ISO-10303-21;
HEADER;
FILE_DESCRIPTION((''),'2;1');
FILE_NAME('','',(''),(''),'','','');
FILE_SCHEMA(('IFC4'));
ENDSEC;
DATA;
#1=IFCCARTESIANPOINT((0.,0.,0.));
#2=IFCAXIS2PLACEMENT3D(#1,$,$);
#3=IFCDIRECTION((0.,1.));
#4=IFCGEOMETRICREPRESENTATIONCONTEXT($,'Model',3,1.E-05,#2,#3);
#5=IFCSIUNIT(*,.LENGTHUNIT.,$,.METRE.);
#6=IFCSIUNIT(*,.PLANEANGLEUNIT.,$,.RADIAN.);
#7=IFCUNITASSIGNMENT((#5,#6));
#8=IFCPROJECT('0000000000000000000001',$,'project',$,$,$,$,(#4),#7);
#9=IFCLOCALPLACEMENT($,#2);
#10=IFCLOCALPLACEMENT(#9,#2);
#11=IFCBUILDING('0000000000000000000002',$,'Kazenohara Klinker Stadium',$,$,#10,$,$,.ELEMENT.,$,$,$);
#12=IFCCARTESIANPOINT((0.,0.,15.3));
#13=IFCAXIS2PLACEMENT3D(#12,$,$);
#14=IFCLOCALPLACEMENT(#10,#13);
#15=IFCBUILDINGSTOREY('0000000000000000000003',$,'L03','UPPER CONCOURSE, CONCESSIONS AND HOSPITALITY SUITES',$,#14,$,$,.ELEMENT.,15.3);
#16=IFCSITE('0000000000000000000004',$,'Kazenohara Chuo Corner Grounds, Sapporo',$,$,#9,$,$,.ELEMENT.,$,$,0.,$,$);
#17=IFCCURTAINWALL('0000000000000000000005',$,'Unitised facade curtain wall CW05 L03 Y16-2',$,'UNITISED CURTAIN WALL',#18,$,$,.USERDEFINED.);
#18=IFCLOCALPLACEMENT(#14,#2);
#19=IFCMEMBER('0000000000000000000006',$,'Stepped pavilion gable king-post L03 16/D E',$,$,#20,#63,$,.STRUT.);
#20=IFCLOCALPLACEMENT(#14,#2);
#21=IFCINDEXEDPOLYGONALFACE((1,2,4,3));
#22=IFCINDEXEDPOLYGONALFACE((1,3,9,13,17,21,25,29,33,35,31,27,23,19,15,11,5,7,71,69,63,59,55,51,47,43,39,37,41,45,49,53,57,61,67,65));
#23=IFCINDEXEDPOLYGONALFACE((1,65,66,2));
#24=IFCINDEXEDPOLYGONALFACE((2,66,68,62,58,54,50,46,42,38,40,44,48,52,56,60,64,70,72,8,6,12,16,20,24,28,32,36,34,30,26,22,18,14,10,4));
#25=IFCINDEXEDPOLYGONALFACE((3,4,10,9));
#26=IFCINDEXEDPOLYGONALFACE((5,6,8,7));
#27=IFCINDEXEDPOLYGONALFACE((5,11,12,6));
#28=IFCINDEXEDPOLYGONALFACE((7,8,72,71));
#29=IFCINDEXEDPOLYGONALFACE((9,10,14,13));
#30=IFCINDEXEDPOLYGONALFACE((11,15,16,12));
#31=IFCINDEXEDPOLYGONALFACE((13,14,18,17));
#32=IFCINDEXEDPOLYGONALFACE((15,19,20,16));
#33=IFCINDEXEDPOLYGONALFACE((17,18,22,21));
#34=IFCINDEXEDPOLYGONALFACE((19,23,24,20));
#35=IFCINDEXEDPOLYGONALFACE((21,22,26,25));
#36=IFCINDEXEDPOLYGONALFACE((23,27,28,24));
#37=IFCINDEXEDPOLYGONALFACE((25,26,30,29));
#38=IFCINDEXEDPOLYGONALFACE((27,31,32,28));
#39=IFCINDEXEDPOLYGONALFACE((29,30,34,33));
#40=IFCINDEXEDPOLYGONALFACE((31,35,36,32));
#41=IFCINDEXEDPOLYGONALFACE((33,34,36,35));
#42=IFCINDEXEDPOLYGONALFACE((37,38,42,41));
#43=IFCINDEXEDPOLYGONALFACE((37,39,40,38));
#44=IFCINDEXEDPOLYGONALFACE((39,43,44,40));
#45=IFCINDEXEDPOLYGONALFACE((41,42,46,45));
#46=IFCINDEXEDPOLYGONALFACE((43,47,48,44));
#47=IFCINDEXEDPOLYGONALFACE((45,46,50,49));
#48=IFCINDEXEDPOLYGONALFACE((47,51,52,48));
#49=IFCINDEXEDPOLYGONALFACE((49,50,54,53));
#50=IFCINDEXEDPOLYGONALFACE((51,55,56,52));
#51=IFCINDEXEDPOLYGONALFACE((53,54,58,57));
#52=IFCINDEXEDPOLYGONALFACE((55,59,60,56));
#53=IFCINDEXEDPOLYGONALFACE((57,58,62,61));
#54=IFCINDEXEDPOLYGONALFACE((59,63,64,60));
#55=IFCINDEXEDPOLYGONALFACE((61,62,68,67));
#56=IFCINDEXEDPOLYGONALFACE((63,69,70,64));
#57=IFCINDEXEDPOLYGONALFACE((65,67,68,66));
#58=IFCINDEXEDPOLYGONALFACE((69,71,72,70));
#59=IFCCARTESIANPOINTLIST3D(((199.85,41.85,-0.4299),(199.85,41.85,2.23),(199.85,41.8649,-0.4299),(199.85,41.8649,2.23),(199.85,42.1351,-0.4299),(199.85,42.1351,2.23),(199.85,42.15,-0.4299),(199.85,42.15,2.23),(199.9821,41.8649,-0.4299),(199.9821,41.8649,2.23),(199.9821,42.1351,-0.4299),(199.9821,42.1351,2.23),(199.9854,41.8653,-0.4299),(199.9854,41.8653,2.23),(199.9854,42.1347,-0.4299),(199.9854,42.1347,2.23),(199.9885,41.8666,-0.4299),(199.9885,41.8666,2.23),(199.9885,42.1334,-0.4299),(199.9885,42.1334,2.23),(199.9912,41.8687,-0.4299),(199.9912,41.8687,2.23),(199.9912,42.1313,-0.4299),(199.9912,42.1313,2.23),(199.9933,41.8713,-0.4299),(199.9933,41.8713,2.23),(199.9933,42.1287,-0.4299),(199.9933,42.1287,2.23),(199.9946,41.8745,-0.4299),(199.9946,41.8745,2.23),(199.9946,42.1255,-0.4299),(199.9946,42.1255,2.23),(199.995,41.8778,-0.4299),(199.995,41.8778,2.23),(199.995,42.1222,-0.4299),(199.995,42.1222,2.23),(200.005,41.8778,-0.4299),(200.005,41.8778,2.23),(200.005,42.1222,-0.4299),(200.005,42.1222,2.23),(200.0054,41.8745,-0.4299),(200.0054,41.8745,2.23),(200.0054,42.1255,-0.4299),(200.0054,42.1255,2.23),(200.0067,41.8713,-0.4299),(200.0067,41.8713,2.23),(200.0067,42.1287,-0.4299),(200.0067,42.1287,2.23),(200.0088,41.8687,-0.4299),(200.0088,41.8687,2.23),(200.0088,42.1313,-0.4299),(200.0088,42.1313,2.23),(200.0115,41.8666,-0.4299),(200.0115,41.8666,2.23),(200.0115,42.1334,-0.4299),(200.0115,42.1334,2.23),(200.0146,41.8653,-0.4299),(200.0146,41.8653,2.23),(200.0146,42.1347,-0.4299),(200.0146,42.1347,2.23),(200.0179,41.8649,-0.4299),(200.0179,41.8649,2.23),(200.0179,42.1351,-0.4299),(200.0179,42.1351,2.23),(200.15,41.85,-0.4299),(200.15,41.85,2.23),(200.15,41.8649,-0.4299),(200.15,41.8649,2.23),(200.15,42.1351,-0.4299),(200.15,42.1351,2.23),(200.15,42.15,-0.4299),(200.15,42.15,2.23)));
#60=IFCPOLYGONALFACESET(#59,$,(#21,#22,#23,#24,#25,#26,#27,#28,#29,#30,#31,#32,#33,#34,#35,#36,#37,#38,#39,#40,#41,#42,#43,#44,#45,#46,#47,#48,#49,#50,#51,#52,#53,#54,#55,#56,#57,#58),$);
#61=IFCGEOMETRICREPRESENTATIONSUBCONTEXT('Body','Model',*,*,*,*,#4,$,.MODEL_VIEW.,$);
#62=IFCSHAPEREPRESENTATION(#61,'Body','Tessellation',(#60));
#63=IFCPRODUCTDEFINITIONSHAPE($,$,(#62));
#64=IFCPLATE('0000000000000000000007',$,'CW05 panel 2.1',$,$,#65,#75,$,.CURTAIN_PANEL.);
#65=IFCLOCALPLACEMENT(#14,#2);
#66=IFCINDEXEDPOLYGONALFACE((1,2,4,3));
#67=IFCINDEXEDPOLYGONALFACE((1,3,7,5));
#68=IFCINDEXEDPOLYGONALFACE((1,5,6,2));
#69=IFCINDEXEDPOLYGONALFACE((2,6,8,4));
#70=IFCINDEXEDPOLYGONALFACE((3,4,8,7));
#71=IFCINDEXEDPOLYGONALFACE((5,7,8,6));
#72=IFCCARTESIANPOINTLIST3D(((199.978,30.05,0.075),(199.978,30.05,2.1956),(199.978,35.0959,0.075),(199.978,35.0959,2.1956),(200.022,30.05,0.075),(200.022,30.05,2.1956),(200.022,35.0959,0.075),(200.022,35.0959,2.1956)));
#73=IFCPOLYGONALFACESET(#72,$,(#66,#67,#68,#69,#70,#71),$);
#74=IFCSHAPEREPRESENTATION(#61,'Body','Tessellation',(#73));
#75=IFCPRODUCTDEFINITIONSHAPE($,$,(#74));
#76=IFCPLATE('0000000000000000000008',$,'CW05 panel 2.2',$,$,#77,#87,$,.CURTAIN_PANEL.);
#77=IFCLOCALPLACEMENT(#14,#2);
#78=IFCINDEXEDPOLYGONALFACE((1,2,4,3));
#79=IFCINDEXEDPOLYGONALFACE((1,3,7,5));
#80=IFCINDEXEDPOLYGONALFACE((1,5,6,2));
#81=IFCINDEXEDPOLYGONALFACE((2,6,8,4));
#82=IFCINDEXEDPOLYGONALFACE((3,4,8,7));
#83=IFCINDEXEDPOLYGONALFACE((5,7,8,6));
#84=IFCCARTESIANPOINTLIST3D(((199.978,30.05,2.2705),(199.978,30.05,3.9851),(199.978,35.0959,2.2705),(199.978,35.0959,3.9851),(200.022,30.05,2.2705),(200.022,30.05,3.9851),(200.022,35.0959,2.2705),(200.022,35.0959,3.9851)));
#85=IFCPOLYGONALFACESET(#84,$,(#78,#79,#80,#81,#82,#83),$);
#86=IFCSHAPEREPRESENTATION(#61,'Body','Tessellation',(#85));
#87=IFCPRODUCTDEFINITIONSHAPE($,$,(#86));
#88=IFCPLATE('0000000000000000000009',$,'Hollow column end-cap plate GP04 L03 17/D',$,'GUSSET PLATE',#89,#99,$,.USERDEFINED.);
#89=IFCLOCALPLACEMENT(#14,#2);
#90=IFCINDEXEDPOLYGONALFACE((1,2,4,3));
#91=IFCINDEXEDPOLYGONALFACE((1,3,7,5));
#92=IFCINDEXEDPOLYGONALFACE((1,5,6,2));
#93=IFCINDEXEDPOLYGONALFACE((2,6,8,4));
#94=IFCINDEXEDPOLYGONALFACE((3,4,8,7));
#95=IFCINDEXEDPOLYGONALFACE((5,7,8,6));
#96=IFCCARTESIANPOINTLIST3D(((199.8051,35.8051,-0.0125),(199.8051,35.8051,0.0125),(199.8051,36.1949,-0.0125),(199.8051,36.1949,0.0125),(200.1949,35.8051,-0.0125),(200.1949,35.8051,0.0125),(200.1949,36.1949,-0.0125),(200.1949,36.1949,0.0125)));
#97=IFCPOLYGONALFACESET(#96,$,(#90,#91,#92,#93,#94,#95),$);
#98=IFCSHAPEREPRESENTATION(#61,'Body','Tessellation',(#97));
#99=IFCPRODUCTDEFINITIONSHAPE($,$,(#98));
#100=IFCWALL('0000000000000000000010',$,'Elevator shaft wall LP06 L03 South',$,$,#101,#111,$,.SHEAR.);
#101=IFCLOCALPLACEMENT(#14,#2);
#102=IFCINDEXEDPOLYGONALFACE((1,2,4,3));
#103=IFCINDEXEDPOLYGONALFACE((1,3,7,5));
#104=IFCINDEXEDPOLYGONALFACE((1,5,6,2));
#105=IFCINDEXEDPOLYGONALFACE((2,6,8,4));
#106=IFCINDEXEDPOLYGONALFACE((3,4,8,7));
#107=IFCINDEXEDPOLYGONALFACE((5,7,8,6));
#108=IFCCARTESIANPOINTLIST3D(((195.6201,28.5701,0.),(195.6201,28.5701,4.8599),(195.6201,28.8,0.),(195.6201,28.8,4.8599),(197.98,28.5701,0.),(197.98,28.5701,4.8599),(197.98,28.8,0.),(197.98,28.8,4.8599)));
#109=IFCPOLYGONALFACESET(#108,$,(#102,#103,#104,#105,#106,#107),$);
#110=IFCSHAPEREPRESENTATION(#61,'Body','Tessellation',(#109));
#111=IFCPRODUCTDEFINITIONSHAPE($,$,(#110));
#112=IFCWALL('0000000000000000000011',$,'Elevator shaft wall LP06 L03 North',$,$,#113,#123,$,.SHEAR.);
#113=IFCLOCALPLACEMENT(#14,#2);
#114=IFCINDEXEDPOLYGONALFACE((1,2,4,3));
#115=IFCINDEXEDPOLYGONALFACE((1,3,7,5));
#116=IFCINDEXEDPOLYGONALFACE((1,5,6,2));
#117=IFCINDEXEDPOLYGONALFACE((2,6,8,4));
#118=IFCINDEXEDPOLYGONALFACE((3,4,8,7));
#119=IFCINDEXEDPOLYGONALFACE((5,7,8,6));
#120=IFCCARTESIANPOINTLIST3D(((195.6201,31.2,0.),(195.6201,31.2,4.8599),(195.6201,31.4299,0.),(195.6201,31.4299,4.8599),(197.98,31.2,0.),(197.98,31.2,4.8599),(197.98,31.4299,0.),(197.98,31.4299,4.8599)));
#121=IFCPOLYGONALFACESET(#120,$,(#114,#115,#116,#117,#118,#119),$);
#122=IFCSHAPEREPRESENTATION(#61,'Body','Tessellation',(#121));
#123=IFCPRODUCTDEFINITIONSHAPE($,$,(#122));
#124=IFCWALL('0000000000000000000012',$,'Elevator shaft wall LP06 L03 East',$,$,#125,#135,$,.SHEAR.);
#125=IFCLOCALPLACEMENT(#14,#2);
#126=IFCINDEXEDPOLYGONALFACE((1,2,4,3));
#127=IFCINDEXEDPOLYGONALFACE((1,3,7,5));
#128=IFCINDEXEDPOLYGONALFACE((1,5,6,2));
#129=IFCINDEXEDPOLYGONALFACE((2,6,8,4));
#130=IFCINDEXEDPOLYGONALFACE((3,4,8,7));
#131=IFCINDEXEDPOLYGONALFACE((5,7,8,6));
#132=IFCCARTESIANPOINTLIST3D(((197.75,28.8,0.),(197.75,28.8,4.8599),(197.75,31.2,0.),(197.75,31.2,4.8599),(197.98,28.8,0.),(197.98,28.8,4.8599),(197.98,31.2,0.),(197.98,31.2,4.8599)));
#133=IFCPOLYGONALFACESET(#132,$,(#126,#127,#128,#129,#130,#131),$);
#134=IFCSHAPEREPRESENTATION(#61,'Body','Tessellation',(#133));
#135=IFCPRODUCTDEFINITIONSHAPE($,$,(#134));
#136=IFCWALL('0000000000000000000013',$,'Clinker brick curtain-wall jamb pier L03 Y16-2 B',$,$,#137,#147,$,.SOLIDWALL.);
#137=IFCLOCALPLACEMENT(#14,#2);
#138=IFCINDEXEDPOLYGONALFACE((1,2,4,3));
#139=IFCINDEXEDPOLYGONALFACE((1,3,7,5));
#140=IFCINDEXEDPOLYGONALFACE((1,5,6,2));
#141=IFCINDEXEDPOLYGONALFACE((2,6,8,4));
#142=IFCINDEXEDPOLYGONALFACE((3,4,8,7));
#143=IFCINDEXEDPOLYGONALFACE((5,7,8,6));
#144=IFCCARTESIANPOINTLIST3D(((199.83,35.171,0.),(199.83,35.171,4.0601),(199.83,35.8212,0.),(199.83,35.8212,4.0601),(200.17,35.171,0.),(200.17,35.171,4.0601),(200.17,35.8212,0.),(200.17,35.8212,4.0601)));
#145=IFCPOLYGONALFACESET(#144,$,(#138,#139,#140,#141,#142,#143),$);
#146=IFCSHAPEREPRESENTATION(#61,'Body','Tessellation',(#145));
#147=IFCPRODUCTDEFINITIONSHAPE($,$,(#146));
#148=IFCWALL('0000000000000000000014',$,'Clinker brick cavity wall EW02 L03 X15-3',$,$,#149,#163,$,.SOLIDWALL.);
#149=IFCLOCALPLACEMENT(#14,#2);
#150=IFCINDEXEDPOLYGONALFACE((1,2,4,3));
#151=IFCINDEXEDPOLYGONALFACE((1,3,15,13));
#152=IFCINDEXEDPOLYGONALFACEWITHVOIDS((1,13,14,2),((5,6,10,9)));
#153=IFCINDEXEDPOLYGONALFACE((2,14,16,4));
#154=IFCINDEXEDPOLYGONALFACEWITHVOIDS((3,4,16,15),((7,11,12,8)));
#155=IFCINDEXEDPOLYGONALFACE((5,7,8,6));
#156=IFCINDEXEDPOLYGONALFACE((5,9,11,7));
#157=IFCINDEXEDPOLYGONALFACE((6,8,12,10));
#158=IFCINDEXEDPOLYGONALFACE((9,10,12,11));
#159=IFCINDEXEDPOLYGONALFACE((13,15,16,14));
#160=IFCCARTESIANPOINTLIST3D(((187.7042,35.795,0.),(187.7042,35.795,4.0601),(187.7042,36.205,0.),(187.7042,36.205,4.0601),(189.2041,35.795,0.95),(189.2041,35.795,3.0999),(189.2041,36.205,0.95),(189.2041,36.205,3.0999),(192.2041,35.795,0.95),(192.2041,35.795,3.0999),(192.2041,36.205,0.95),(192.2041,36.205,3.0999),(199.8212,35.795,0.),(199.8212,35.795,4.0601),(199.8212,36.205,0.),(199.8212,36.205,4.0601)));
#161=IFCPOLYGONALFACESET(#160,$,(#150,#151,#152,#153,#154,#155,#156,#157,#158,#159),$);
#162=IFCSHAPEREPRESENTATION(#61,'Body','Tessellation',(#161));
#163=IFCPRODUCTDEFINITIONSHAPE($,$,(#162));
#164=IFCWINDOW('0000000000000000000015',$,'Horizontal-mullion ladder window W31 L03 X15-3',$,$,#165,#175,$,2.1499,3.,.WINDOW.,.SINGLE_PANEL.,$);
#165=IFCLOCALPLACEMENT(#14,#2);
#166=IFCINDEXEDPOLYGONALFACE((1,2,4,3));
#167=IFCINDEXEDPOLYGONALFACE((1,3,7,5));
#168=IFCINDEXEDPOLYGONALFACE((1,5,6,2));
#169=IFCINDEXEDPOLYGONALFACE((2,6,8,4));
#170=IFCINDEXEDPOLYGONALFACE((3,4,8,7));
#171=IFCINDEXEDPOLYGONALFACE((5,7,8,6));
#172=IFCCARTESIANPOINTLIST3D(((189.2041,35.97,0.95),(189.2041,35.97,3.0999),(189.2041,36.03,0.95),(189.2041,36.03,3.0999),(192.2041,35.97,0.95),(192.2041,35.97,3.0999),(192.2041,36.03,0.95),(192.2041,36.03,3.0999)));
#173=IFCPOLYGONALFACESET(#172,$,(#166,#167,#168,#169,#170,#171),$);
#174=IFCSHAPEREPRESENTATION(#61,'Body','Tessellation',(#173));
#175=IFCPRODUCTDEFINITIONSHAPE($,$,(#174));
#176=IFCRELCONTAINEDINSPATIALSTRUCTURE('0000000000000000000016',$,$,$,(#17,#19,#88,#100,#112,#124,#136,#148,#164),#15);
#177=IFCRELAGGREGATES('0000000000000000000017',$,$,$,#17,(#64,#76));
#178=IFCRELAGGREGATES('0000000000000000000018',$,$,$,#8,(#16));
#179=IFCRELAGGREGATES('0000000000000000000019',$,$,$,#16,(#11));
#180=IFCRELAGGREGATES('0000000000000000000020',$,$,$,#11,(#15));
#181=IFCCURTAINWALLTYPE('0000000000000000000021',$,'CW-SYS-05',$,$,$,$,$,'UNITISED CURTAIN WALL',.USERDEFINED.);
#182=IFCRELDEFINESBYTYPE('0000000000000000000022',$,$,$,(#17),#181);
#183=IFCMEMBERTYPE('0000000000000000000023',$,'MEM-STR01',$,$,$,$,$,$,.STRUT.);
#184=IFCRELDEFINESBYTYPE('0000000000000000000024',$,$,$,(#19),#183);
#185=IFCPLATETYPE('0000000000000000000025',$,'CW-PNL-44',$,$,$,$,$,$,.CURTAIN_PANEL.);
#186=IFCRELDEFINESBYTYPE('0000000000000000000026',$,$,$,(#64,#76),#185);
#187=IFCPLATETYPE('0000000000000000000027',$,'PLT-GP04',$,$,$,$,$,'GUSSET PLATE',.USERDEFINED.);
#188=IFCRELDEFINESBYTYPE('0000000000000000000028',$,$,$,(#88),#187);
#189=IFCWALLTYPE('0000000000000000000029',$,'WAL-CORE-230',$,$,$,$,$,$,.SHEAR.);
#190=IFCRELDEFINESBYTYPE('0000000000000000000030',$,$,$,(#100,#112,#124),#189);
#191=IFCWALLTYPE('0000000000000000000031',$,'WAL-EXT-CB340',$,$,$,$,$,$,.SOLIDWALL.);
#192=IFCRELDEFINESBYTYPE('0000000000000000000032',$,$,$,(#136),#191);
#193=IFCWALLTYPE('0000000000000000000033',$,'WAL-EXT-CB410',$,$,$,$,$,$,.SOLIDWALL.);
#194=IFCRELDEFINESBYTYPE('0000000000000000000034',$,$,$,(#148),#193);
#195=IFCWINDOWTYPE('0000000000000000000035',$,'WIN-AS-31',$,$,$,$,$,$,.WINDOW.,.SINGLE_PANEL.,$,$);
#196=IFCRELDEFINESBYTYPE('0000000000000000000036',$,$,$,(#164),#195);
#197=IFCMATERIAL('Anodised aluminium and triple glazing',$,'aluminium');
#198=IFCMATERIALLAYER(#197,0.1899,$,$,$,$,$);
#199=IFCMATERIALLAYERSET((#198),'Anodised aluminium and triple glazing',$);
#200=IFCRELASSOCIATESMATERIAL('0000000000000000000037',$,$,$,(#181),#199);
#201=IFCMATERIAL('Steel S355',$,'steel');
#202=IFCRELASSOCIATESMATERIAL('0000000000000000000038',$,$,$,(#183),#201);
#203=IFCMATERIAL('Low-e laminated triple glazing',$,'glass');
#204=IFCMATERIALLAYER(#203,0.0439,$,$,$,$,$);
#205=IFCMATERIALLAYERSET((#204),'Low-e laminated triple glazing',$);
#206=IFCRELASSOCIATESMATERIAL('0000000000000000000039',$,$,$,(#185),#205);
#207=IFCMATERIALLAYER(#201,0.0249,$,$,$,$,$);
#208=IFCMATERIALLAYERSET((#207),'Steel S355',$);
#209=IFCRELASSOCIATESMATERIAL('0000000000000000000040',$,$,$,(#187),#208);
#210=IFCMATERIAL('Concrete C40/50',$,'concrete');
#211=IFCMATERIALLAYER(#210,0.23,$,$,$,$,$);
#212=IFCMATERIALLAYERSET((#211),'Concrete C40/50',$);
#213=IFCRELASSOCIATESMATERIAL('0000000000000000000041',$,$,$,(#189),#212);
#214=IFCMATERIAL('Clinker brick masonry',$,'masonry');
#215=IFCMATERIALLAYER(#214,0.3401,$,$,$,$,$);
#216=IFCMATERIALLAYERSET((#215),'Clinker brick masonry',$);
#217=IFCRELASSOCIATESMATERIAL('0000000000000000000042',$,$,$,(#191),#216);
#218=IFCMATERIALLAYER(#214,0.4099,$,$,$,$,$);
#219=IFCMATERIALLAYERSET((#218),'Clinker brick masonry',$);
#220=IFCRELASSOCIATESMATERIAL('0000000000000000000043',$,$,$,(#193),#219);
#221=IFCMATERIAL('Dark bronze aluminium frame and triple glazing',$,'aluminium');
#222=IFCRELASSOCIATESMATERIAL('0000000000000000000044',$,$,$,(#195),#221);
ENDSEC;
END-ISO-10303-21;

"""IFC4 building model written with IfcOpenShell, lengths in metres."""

from ifc_helpers import new_model, si_unit, direction, frame, frame_2d, origin, origin_2d, place, context, subcontext, project, spatial, rectangle, i_section, extrude, material, layer, layer_set, material_profile, profile_set, type_object, element, fill, aggregate, save


model = new_model("IFC4")

# Units and contexts
model_context = context("Model", 3, precision=1e-05, world=origin(), true_north=direction((0.0, 1.0)))
body_context = subcontext(model_context, "Body", "Model", "MODEL_VIEW")
ifc_project = project(units=[si_unit("LENGTHUNIT", "METRE"), si_unit("PLANEANGLEUNIT", "RADIAN")], contexts=[model_context])

# Site, building, storey
site_placement = place(None, origin())
site = spatial("IfcSite", under=ifc_project, at=site_placement, Name="Kazenohara Chuo Corner Grounds, Sapporo", CompositionType="ELEMENT", RefElevation=0.0)
building_placement = place(site_placement, origin())
building = spatial("IfcBuilding", under=site, at=building_placement, Name="Kazenohara Klinker Stadium", CompositionType="ELEMENT")
storey_placement = place(building_placement, frame((0.0, 0.0, 15.3)))
storey = spatial("IfcBuildingStorey", under=building, at=storey_placement, Name="L03", Description="UPPER CONCOURSE, CONCESSIONS AND HOSPITALITY SUITES", CompositionType="ELEMENT", Elevation=15.3)

# Shared definitions
ifc_material_1 = material(Name="Steel S355", Category="steel")

# Shared definitions
ifc_material_2 = material(Name="Concrete C40/50", Category="concrete")

# Curtain wall
ifc_material_3 = material(Name="Anodised aluminium and triple glazing", Category="aluminium")
ifc_layer_1 = layer(ifc_material_3, 0.1899)
ifc_layer_set_1 = layer_set([ifc_layer_1], Name="Anodised aluminium and triple glazing")
curtain_wall_type = type_object("IfcCurtainWallType", Name="CW-SYS-05", ElementType="UNITISED CURTAIN WALL", PredefinedType="USERDEFINED", material=ifc_layer_set_1)
curtain_wall_placement = place(storey_placement, origin())
curtain_wall = element("IfcCurtainWall", 1, at=curtain_wall_placement, inside=storey, type_object=curtain_wall_type, Name="Unitised facade curtain wall CW05 L03 Y16-2", ObjectType="UNITISED CURTAIN WALL", PredefinedType="USERDEFINED")

# Member
ifc_material_profile_1 = material_profile(ifc_material_1, i_section(OverallWidth=0.3, OverallDepth=0.3, WebThickness=0.01, FlangeThickness=0.0149, FilletRadius=0.0129, at=origin_2d()), Name="H-300x300x10x15")
ifc_profile_set_1 = profile_set([ifc_material_profile_1], Name="Steel S355")
member_type_1 = type_object("IfcMemberType", Name="MEM-STR01", PredefinedType="STRUT", material=ifc_profile_set_1)
member_1_placement = place(storey_placement, frame((200.0, 42.0, -0.4299), z_axis=(0.0, 0.0, 1.0), x_axis=(1.0, 0.0, 0.0)))
element("IfcMember", 2, at=member_1_placement, inside=storey, type_object=member_type_1, Name="Stepped pavilion gable king-post L03 16/D E", PredefinedType="STRUT", context=body_context, shape_type="SweptSolid", body=[
    extrude(i_section(OverallWidth=0.3, OverallDepth=0.3, WebThickness=0.01, FlangeThickness=0.0149, FilletRadius=0.0129, at=origin_2d()), origin(), (0.0, 0.0, 1.0), 2.6599),
])

# Plates
ifc_material_4 = material(Name="Low-e laminated triple glazing", Category="glass")
ifc_layer_2 = layer(ifc_material_4, 0.0439)
ifc_layer_set_2 = layer_set([ifc_layer_2], Name="Low-e laminated triple glazing")
plate_type_1 = type_object("IfcPlateType", Name="CW-PNL-44", PredefinedType="CURTAIN_PANEL", material=ifc_layer_set_2)
plate_1_placement = place(storey_placement, frame((200.0, 32.573, 0.075), z_axis=(0.0, 0.0, 1.0), x_axis=(0.0, 1.0, 0.0)))
plate_1 = element("IfcPlate", 3, at=plate_1_placement, type_object=plate_type_1, Name="CW05 panel 2.1", PredefinedType="CURTAIN_PANEL", context=body_context, shape_type="SweptSolid", body=[
    extrude(rectangle(XDim=5.0459, YDim=0.0439, at=origin_2d()), origin(), (0.0, 0.0, 1.0), 2.1206),
])
plate_2_placement = place(storey_placement, frame((200.0, 32.573, 2.2705), z_axis=(0.0, 0.0, 1.0), x_axis=(0.0, 1.0, 0.0)))
plate_2 = element("IfcPlate", 4, at=plate_2_placement, type_object=plate_type_1, Name="CW05 panel 2.2", PredefinedType="CURTAIN_PANEL", context=body_context, shape_type="SweptSolid", body=[
    extrude(rectangle(XDim=5.0459, YDim=0.0439, at=origin_2d()), origin(), (0.0, 0.0, 1.0), 1.7146),
])
aggregate(curtain_wall, [plate_1, plate_2])
ifc_layer_3 = layer(ifc_material_1, 0.0249)
ifc_layer_set_3 = layer_set([ifc_layer_3], Name="Steel S355")
plate_type_2 = type_object("IfcPlateType", Name="PLT-GP04", ElementType="GUSSET PLATE", PredefinedType="USERDEFINED", material=ifc_layer_set_3)
plate_3_placement = place(storey_placement, frame((200.0, 36.0, -0.0125), z_axis=(0.0, 0.0, 1.0), x_axis=(1.0, 0.0, 0.0)))
element("IfcPlate", 5, at=plate_3_placement, inside=storey, type_object=plate_type_2, Name="Hollow column end-cap plate GP04 L03 17/D", ObjectType="GUSSET PLATE", PredefinedType="USERDEFINED", context=body_context, shape_type="SweptSolid", body=[
    extrude(rectangle(XDim=0.3899, YDim=0.3899, at=origin_2d()), origin(), (0.0, 0.0, 1.0), 0.0249),
])

# Walls
ifc_layer_4 = layer(ifc_material_2, 0.23)
ifc_layer_set_4 = layer_set([ifc_layer_4], Name="Concrete C40/50")
wall_type_1 = type_object("IfcWallType", Name="WAL-CORE-230", PredefinedType="SHEAR", material=ifc_layer_set_4)
for number, where, z_axis, x_axis, name in (
    (6, (195.6201, 28.6851, 0.0), (0.0, 0.0, 1.0), (1.0, 0.0, 0.0), "Elevator shaft wall LP06 L03 South"),
    (7, (195.6201, 31.3149, 0.0), (0.0, 0.0, 1.0), (1.0, 0.0, 0.0), "Elevator shaft wall LP06 L03 North"),
):
    element("IfcWall", number, at=place(storey_placement, frame(where, z_axis=z_axis, x_axis=x_axis)), inside=storey, type_object=wall_type_1, Name=name, PredefinedType="SHEAR", context=body_context, shape_type="SweptSolid", body=[
        extrude(rectangle(XDim=2.3599, YDim=0.23, at=frame_2d((1.1799, 0.0))), origin(), (0.0, 0.0, 1.0), 4.8599),
    ])

# Walls
wall_1_placement = place(storey_placement, frame((197.865, 28.8, 0.0), z_axis=(0.0, 0.0, 1.0), x_axis=(0.0, 1.0, 0.0)))
element("IfcWall", 8, at=wall_1_placement, inside=storey, type_object=wall_type_1, Name="Elevator shaft wall LP06 L03 East", PredefinedType="SHEAR", context=body_context, shape_type="SweptSolid", body=[
    extrude(rectangle(XDim=2.3999, YDim=0.23, at=frame_2d((1.2, 0.0))), origin(), (0.0, 0.0, 1.0), 4.8599),
])
ifc_material_5 = material(Name="Clinker brick masonry", Category="masonry")
ifc_layer_5 = layer(ifc_material_5, 0.3401)
ifc_layer_set_5 = layer_set([ifc_layer_5], Name="Clinker brick masonry")
wall_type_2 = type_object("IfcWallType", Name="WAL-EXT-CB340", PredefinedType="SOLIDWALL", material=ifc_layer_set_5)
wall_2_placement = place(storey_placement, frame((200.0, 35.1709, 0.0), z_axis=(0.0, 0.0, 1.0), x_axis=(0.0, 1.0, 0.0)))
element("IfcWall", 9, at=wall_2_placement, inside=storey, type_object=wall_type_2, Name="Clinker brick curtain-wall jamb pier L03 Y16-2 B", PredefinedType="SOLIDWALL", context=body_context, shape_type="SweptSolid", body=[
    extrude(rectangle(XDim=0.6501, YDim=0.3401, at=frame_2d((0.3252, 0.0))), origin(), (0.0, 0.0, 1.0), 4.0601),
])

# Wall, opening, window
ifc_layer_6 = layer(ifc_material_5, 0.4099)
ifc_layer_set_6 = layer_set([ifc_layer_6], Name="Clinker brick masonry")
wall_type_3 = type_object("IfcWallType", Name="WAL-EXT-CB410", PredefinedType="SOLIDWALL", material=ifc_layer_set_6)
wall_3_placement = place(storey_placement, frame((187.7041, 36.0, 0.0), z_axis=(0.0, 0.0, 1.0), x_axis=(1.0, 0.0, 0.0)))
wall_3 = element("IfcWall", 10, at=wall_3_placement, inside=storey, type_object=wall_type_3, Name="Clinker brick cavity wall EW02 L03 X15-3", PredefinedType="SOLIDWALL", context=body_context, shape_type="SweptSolid", body=[
    extrude(rectangle(XDim=12.1169, YDim=0.4099, at=frame_2d((6.0586, 0.0))), origin(), (0.0, 0.0, 1.0), 4.0601),
])
opening_1_placement = place(wall_3_placement, frame((1.5, 0.0, 0.95)))
opening_1 = element("IfcOpeningElement", 11, at=opening_1_placement, cuts=wall_3, PredefinedType="OPENING", context=body_context, shape_type="SweptSolid", body=[
    extrude(rectangle(XDim=3.0, YDim=2.1499, at=frame_2d((1.5, 1.075))), frame((0.0, 0.2148, 0.0), z_axis=(0.0, -1.0, 0.0), x_axis=(1.0, 0.0, 0.0)), (0.0, 0.0, 1.0), 0.4299),
])
ifc_material_6 = material(Name="Dark bronze aluminium frame and triple glazing", Category="aluminium")
window_type = type_object("IfcWindowType", Name="WIN-AS-31", PartitioningType="SINGLE_PANEL", PredefinedType="WINDOW", material=ifc_material_6)
window_placement = place(opening_1_placement, origin())
window = element("IfcWindow", 12, at=window_placement, inside=storey, type_object=window_type, Name="Horizontal-mullion ladder window W31 L03 X15-3", OverallHeight=2.1499, OverallWidth=3.0, PartitioningType="SINGLE_PANEL", PredefinedType="WINDOW", context=body_context, shape_type="SweptSolid", body=[
    extrude(rectangle(XDim=3.0, YDim=2.1499, at=frame_2d((1.5, 1.075))), frame((0.0, 0.03, 0.0), z_axis=(0.0, -1.0, 0.0), x_axis=(1.0, 0.0, 0.0)), (0.0, 0.0, 1.0), 0.0601),
])
fill(opening_1, window)

save(model, "model.ifc")
